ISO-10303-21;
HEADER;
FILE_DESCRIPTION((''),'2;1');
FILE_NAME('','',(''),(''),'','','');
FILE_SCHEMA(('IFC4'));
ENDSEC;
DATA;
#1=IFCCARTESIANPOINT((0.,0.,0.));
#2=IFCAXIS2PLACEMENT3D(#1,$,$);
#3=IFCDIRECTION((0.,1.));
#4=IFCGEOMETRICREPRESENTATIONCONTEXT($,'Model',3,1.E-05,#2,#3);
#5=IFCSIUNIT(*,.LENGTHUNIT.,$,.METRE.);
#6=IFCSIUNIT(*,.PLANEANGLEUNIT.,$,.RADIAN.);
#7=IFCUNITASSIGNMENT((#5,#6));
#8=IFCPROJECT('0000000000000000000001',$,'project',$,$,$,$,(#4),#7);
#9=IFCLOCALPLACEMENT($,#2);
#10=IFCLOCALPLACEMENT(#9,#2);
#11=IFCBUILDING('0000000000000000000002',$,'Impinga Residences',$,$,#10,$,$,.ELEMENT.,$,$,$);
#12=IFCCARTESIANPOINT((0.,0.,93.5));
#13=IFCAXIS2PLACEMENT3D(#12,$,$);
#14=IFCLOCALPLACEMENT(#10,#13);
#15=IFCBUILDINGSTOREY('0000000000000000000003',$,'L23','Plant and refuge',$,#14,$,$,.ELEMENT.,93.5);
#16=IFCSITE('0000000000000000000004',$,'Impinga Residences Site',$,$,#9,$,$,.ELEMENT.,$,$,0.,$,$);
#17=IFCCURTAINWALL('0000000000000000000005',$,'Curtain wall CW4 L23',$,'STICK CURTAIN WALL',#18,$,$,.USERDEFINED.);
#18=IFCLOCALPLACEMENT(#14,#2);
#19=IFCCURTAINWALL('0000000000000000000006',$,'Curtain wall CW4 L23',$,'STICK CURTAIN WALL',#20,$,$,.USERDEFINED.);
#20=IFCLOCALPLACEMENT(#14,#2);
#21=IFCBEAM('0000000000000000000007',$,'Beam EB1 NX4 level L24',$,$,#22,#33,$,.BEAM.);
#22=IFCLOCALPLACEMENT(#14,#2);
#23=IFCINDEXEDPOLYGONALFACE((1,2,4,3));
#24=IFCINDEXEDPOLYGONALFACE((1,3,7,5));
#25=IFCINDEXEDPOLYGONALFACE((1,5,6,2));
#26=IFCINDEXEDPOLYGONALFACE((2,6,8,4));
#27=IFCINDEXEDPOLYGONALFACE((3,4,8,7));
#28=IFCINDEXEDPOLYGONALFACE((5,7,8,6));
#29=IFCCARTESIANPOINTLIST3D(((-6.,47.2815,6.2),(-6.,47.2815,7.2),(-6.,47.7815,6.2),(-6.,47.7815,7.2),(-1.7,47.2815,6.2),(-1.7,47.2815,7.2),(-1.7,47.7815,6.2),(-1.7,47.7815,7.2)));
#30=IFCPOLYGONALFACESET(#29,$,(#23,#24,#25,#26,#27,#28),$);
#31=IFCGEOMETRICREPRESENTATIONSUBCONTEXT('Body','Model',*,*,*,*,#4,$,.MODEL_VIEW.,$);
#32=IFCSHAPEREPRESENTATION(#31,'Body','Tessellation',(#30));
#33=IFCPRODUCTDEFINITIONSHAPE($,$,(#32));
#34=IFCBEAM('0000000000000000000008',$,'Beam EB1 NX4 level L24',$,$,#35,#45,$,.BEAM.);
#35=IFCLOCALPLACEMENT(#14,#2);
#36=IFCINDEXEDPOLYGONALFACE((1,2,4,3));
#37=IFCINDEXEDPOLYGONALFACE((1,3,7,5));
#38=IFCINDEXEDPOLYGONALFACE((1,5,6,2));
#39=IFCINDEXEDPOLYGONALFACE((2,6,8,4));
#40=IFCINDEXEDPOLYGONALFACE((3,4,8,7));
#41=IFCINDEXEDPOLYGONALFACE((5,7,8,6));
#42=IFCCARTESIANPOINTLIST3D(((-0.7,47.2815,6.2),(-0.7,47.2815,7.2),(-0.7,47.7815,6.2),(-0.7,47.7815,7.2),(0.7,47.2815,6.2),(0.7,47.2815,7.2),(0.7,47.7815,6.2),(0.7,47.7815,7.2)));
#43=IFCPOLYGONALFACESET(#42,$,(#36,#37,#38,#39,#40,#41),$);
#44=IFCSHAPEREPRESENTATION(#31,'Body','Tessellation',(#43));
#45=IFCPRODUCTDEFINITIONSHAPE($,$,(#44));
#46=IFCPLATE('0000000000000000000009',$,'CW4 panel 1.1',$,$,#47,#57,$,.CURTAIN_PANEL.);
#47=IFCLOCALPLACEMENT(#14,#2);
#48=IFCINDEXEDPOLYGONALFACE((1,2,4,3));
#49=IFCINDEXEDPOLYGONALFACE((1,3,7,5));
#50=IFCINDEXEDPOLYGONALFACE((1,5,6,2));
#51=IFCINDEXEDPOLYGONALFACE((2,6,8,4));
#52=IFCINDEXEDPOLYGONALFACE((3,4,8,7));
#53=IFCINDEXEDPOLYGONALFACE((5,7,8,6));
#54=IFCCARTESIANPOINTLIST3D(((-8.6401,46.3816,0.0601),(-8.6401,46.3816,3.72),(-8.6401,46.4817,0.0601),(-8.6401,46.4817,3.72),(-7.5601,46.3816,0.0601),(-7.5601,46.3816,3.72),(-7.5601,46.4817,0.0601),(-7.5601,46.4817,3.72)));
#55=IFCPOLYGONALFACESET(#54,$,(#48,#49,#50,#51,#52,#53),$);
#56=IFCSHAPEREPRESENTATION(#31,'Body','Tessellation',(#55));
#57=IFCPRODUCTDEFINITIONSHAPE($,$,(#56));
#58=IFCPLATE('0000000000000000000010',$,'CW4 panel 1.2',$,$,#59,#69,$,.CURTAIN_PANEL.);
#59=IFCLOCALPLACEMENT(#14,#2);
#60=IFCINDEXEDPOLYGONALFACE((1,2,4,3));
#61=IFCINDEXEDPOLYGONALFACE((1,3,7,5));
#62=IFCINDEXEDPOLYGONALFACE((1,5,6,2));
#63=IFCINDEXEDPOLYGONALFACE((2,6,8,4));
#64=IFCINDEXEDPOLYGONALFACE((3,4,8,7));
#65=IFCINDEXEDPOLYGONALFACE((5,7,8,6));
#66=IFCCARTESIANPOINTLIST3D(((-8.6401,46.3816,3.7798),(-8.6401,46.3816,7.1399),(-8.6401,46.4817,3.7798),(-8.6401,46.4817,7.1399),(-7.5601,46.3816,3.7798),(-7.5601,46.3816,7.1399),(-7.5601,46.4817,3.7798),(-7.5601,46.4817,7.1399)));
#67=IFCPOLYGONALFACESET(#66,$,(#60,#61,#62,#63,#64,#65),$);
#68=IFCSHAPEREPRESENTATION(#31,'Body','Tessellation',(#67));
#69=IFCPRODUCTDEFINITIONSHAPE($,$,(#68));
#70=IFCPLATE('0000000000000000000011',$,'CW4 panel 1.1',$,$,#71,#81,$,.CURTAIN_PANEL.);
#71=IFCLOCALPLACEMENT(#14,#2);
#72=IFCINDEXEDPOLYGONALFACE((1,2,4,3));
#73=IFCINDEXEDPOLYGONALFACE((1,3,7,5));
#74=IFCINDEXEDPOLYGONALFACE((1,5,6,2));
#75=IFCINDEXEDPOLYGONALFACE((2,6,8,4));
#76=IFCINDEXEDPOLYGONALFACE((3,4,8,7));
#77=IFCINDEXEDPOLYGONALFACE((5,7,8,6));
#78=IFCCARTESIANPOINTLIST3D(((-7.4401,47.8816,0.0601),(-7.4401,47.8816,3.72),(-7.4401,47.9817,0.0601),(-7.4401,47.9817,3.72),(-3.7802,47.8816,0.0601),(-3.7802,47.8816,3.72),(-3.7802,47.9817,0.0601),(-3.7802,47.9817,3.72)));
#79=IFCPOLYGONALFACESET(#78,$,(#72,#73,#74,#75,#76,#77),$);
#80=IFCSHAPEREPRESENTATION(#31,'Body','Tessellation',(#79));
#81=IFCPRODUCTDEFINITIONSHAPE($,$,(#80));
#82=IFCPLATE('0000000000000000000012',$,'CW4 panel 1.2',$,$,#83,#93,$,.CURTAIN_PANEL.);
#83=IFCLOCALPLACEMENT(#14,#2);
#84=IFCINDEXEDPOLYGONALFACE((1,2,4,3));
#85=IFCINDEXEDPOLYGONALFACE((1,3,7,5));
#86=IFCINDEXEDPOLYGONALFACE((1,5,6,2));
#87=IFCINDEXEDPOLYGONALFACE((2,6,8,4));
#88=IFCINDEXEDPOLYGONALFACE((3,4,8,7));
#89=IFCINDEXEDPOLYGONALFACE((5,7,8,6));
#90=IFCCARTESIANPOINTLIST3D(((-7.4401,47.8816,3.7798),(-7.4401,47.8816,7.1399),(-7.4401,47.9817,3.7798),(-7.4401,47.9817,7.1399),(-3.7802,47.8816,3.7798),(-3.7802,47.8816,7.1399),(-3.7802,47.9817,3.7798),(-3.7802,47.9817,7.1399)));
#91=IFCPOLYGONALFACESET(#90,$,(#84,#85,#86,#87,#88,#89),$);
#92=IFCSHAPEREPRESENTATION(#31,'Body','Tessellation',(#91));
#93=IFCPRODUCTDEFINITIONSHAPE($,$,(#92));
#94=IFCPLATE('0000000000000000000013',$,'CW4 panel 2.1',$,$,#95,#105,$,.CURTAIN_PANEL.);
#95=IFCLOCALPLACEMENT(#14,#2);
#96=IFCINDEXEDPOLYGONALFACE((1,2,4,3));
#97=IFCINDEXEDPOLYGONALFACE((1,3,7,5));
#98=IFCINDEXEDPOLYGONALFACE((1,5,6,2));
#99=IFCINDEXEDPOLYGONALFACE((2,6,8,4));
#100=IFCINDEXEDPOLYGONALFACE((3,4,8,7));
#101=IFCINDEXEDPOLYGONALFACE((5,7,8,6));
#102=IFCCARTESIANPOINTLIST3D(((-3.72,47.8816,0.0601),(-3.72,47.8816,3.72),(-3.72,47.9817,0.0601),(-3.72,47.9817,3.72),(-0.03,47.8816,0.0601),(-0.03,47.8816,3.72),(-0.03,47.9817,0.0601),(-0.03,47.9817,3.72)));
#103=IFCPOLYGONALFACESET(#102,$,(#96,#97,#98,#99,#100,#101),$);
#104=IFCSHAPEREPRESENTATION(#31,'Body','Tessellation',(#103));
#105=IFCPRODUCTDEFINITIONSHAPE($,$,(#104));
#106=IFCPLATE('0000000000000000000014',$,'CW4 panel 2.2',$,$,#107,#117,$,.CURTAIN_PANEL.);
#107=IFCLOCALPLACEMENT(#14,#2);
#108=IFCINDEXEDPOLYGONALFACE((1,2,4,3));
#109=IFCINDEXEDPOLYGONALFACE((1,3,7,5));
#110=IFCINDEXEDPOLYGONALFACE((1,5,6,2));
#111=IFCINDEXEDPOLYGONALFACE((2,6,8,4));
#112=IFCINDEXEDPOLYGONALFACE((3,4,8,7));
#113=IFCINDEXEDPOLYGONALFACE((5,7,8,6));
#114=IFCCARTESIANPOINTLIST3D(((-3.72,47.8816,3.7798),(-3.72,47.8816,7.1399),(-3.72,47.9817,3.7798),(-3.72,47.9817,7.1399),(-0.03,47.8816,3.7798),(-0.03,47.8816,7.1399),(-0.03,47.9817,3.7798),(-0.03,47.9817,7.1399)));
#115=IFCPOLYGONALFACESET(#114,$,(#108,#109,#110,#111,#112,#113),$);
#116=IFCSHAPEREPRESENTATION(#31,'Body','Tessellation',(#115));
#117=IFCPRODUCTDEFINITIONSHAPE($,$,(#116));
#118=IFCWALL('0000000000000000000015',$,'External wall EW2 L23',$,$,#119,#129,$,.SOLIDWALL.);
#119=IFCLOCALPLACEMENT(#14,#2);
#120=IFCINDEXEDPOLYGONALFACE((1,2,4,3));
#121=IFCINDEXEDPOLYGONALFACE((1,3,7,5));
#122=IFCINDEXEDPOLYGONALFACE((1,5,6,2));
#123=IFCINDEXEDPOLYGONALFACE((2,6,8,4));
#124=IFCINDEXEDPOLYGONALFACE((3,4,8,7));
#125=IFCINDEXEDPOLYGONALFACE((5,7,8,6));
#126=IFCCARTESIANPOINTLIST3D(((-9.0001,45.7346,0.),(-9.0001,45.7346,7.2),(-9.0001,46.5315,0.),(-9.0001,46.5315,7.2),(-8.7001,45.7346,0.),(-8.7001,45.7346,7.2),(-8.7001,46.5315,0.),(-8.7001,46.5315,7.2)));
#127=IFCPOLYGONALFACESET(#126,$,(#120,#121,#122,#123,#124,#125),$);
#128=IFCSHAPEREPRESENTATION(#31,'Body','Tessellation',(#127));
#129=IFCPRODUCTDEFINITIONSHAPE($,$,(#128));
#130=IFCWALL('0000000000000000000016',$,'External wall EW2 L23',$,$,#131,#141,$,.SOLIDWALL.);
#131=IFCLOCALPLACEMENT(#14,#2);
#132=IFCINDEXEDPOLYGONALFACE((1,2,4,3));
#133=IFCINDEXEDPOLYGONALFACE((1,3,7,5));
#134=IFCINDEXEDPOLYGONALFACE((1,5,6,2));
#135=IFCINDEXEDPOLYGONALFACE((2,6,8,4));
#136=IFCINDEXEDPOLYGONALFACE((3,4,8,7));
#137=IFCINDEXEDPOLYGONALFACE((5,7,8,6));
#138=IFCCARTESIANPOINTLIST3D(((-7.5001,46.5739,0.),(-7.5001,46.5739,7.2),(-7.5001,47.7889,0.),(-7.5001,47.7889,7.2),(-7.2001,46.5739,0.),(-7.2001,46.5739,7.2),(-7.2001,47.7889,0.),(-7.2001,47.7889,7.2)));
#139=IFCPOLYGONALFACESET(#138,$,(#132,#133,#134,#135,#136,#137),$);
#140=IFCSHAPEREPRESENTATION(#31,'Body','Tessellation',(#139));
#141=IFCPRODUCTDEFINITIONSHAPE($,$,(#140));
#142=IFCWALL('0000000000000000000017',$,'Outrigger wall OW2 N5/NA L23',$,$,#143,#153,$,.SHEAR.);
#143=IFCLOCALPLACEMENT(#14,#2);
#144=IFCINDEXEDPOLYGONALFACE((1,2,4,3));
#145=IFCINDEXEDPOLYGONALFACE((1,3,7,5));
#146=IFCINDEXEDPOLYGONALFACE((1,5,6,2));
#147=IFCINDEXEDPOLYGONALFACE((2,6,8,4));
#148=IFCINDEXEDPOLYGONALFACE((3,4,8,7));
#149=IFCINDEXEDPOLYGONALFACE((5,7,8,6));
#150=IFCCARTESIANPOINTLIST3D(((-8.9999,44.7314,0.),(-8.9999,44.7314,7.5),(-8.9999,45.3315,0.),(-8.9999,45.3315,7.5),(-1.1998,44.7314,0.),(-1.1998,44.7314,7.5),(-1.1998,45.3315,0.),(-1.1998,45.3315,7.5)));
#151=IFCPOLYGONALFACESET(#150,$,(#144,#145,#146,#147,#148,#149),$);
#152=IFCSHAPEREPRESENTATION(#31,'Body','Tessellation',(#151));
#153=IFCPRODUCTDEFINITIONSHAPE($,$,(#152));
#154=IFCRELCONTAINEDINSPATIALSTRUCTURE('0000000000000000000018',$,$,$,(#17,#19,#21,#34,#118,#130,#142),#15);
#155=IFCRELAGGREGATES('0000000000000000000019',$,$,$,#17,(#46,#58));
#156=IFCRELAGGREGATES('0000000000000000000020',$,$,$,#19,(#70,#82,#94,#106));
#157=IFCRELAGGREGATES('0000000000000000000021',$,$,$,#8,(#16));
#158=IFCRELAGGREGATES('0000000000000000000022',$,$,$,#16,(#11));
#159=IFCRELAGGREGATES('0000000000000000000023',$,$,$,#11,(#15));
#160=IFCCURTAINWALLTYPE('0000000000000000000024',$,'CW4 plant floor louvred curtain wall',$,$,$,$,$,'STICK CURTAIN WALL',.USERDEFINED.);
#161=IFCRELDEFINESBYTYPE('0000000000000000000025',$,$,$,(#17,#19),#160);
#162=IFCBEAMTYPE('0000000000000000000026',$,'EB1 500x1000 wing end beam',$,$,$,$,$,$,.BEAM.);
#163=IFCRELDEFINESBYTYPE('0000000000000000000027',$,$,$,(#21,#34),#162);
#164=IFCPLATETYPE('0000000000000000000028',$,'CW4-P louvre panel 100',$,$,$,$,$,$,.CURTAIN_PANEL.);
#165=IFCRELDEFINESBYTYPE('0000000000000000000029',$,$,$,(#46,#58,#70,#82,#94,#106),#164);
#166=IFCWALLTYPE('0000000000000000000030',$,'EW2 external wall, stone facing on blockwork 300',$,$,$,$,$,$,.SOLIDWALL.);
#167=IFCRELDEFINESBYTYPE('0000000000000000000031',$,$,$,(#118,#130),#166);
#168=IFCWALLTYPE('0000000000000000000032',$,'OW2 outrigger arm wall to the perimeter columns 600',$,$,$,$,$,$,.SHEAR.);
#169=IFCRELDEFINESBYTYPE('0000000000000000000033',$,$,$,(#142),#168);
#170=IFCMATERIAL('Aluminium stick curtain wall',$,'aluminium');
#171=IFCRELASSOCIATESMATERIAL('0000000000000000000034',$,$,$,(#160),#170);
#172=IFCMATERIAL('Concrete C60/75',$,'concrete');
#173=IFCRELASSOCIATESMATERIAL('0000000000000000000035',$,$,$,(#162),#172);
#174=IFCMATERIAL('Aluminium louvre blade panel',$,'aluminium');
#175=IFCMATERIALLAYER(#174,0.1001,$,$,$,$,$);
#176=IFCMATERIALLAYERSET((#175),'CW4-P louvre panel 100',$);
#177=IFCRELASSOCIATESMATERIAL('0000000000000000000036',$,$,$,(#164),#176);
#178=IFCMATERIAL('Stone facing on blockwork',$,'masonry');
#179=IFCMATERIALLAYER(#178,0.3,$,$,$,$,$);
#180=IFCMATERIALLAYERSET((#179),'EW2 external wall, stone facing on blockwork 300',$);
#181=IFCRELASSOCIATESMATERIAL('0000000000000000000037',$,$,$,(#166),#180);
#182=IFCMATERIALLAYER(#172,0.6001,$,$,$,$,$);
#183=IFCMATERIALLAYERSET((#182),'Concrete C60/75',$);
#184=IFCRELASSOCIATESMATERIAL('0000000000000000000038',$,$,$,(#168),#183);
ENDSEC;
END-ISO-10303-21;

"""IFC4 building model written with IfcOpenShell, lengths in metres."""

from ifc_helpers import new_model, si_unit, direction, frame, frame_2d, origin, origin_2d, place, context, subcontext, project, spatial, rectangle, extrude, material, layer, layer_set, material_profile, profile_set, type_object, element, aggregate, save


model = new_model("IFC4")

# Units and contexts
model_context = context("Model", 3, precision=1e-05, world=origin(), true_north=direction((0.0, 1.0)))
body_context = subcontext(model_context, "Body", "Model", "MODEL_VIEW")
ifc_project = project(units=[si_unit("LENGTHUNIT", "METRE"), si_unit("PLANEANGLEUNIT", "RADIAN")], contexts=[model_context])

# Site, building, storey
site_placement = place(None, origin())
site = spatial("IfcSite", under=ifc_project, at=site_placement, Name="Impinga Residences Site", CompositionType="ELEMENT", RefElevation=0.0)
building_placement = place(site_placement, origin())
building = spatial("IfcBuilding", under=site, at=building_placement, Name="Impinga Residences", CompositionType="ELEMENT")
storey_placement = place(building_placement, frame((0.0, 0.0, 93.5)))
storey = spatial("IfcBuildingStorey", under=building, at=storey_placement, Name="L23", Description="Plant and refuge", CompositionType="ELEMENT", Elevation=93.5)

# Curtain walls
ifc_material_1 = material(Name="Aluminium stick curtain wall", Category="aluminium")
curtain_wall_type = type_object("IfcCurtainWallType", Name="CW4 plant floor louvred curtain wall", ElementType="STICK CURTAIN WALL", PredefinedType="USERDEFINED", material=ifc_material_1)
curtain_wall_1_placement = place(storey_placement, origin())
curtain_wall_1 = element("IfcCurtainWall", 1, at=curtain_wall_1_placement, inside=storey, type_object=curtain_wall_type, Name="Curtain wall CW4 L23", ObjectType="STICK CURTAIN WALL", PredefinedType="USERDEFINED")
curtain_wall_2_placement = place(storey_placement, origin())
curtain_wall_2 = element("IfcCurtainWall", 2, at=curtain_wall_2_placement, inside=storey, type_object=curtain_wall_type, Name="Curtain wall CW4 L23", ObjectType="STICK CURTAIN WALL", PredefinedType="USERDEFINED")

# Beams
ifc_material_2 = material(Name="Concrete C60/75", Category="concrete")
ifc_material_profile_1 = material_profile(ifc_material_2, rectangle(XDim=0.5, YDim=1.0, at=origin_2d()), Name="RC 500x1000")
ifc_profile_set_1 = profile_set([ifc_material_profile_1], Name="Concrete C60/75")
beam_type = type_object("IfcBeamType", Name="EB1 500x1000 wing end beam", PredefinedType="BEAM", material=ifc_profile_set_1)
beam_1_placement = place(storey_placement, frame((-6.0, 47.5315, 6.7), z_axis=(1.0, 0.0, 0.0), x_axis=(0.0, 1.0, 0.0)))
element("IfcBeam", 3, at=beam_1_placement, inside=storey, type_object=beam_type, Name="Beam EB1 NX4 level L24", PredefinedType="BEAM", context=body_context, shape_type="SweptSolid", body=[
    extrude(rectangle(XDim=0.5, YDim=1.0, at=origin_2d()), origin(), (0.0, 0.0, 1.0), 4.3),
])
beam_2_placement = place(storey_placement, frame((-0.7, 47.5315, 6.7), z_axis=(1.0, 0.0, 0.0), x_axis=(0.0, 1.0, 0.0)))
element("IfcBeam", 4, at=beam_2_placement, inside=storey, type_object=beam_type, Name="Beam EB1 NX4 level L24", PredefinedType="BEAM", context=body_context, shape_type="SweptSolid", body=[
    extrude(rectangle(XDim=0.5, YDim=1.0, at=origin_2d()), origin(), (0.0, 0.0, 1.0), 1.3999),
])

# Plates
ifc_material_3 = material(Name="Aluminium louvre blade panel", Category="aluminium")
ifc_layer_1 = layer(ifc_material_3, 0.1001)
ifc_layer_set_1 = layer_set([ifc_layer_1], Name="CW4-P louvre panel 100")
plate_type = type_object("IfcPlateType", Name="CW4-P louvre panel 100", PredefinedType="CURTAIN_PANEL", material=ifc_layer_set_1)
plate_1_placement = place(storey_placement, frame((-8.1001, 46.4316, 0.0601), z_axis=(0.0, 0.0, 1.0), x_axis=(1.0, 0.0, 0.0)))
plate_1 = element("IfcPlate", 5, at=plate_1_placement, type_object=plate_type, Name="CW4 panel 1.1", PredefinedType="CURTAIN_PANEL", context=body_context, shape_type="SweptSolid", body=[
    extrude(rectangle(XDim=1.0801, YDim=0.1001, at=origin_2d()), origin(), (0.0, 0.0, 1.0), 3.6599),
])
plate_2_placement = place(storey_placement, frame((-8.1001, 46.4316, 3.7798), z_axis=(0.0, 0.0, 1.0), x_axis=(1.0, 0.0, 0.0)))
plate_2 = element("IfcPlate", 6, at=plate_2_placement, type_object=plate_type, Name="CW4 panel 1.2", PredefinedType="CURTAIN_PANEL", context=body_context, shape_type="SweptSolid", body=[
    extrude(rectangle(XDim=1.0801, YDim=0.1001, at=origin_2d()), origin(), (0.0, 0.0, 1.0), 3.3601),
])
aggregate(curtain_wall_1, [plate_1, plate_2])
plate_3_placement = place(storey_placement, frame((-5.6101, 47.9316, 0.0601), z_axis=(0.0, 0.0, 1.0), x_axis=(1.0, 0.0, 0.0)))
plate_3 = element("IfcPlate", 7, at=plate_3_placement, type_object=plate_type, Name="CW4 panel 1.1", PredefinedType="CURTAIN_PANEL", context=body_context, shape_type="SweptSolid", body=[
    extrude(rectangle(XDim=3.6599, YDim=0.1001, at=origin_2d()), origin(), (0.0, 0.0, 1.0), 3.6599),
])
plate_4_placement = place(storey_placement, frame((-5.6101, 47.9316, 3.7798), z_axis=(0.0, 0.0, 1.0), x_axis=(1.0, 0.0, 0.0)))
plate_4 = element("IfcPlate", 8, at=plate_4_placement, type_object=plate_type, Name="CW4 panel 1.2", PredefinedType="CURTAIN_PANEL", context=body_context, shape_type="SweptSolid", body=[
    extrude(rectangle(XDim=3.6599, YDim=0.1001, at=origin_2d()), origin(), (0.0, 0.0, 1.0), 3.3601),
])
plate_5_placement = place(storey_placement, frame((-1.875, 47.9316, 0.0601), z_axis=(0.0, 0.0, 1.0), x_axis=(1.0, 0.0, 0.0)))
plate_5 = element("IfcPlate", 9, at=plate_5_placement, type_object=plate_type, Name="CW4 panel 2.1", PredefinedType="CURTAIN_PANEL", context=body_context, shape_type="SweptSolid", body=[
    extrude(rectangle(XDim=3.6899, YDim=0.1001, at=origin_2d()), origin(), (0.0, 0.0, 1.0), 3.6599),
])
plate_6_placement = place(storey_placement, frame((-1.875, 47.9316, 3.7798), z_axis=(0.0, 0.0, 1.0), x_axis=(1.0, 0.0, 0.0)))
plate_6 = element("IfcPlate", 10, at=plate_6_placement, type_object=plate_type, Name="CW4 panel 2.2", PredefinedType="CURTAIN_PANEL", context=body_context, shape_type="SweptSolid", body=[
    extrude(rectangle(XDim=3.6899, YDim=0.1001, at=origin_2d()), origin(), (0.0, 0.0, 1.0), 3.3601),
])
aggregate(curtain_wall_2, [plate_3, plate_4, plate_5, plate_6])

# Walls
ifc_material_4 = material(Name="Stone facing on blockwork", Category="masonry")
ifc_layer_2 = layer(ifc_material_4, 0.3)
ifc_layer_set_2 = layer_set([ifc_layer_2], Name="EW2 external wall, stone facing on blockwork 300")
wall_type_1 = type_object("IfcWallType", Name="EW2 external wall, stone facing on blockwork 300", PredefinedType="SOLIDWALL", material=ifc_layer_set_2)
wall_1_placement = place(storey_placement, frame((-8.8501, 45.7346, 0.0), z_axis=(0.0, 0.0, 1.0), x_axis=(0.0, 1.0, 0.0)))
element("IfcWall", 11, at=wall_1_placement, inside=storey, type_object=wall_type_1, Name="External wall EW2 L23", PredefinedType="SOLIDWALL", context=body_context, shape_type="SweptSolid", body=[
    extrude(rectangle(XDim=0.7969, YDim=0.3, at=frame_2d((0.3984, 0.0))), origin(), (0.0, 0.0, 1.0), 7.2),
])
wall_2_placement = place(storey_placement, frame((-7.3501, 46.574, 0.0), z_axis=(0.0, 0.0, 1.0), x_axis=(0.0, 1.0, 0.0)))
element("IfcWall", 12, at=wall_2_placement, inside=storey, type_object=wall_type_1, Name="External wall EW2 L23", PredefinedType="SOLIDWALL", context=body_context, shape_type="SweptSolid", body=[
    extrude(rectangle(XDim=1.2151, YDim=0.3, at=frame_2d((0.6074, 0.0))), origin(), (0.0, 0.0, 1.0), 7.2),
])
ifc_layer_3 = layer(ifc_material_2, 0.6001)
ifc_layer_set_3 = layer_set([ifc_layer_3], Name="Concrete C60/75")
wall_type_2 = type_object("IfcWallType", Name="OW2 outrigger arm wall to the perimeter columns 600", PredefinedType="SHEAR", material=ifc_layer_set_3)
wall_3_placement = place(storey_placement, frame((-1.2, 45.0315, 0.0), z_axis=(0.0, 0.0, 1.0), x_axis=(-1.0, 0.0, 0.0)))
element("IfcWall", 13, at=wall_3_placement, inside=storey, type_object=wall_type_2, Name="Outrigger wall OW2 N5/NA L23", PredefinedType="SHEAR", context=body_context, shape_type="SweptSolid", body=[
    extrude(rectangle(XDim=7.8, YDim=0.6001, at=frame_2d((3.8999, 0.0))), origin(), (0.0, 0.0, 1.0), 7.5),
])

save(model, "model.ifc")
